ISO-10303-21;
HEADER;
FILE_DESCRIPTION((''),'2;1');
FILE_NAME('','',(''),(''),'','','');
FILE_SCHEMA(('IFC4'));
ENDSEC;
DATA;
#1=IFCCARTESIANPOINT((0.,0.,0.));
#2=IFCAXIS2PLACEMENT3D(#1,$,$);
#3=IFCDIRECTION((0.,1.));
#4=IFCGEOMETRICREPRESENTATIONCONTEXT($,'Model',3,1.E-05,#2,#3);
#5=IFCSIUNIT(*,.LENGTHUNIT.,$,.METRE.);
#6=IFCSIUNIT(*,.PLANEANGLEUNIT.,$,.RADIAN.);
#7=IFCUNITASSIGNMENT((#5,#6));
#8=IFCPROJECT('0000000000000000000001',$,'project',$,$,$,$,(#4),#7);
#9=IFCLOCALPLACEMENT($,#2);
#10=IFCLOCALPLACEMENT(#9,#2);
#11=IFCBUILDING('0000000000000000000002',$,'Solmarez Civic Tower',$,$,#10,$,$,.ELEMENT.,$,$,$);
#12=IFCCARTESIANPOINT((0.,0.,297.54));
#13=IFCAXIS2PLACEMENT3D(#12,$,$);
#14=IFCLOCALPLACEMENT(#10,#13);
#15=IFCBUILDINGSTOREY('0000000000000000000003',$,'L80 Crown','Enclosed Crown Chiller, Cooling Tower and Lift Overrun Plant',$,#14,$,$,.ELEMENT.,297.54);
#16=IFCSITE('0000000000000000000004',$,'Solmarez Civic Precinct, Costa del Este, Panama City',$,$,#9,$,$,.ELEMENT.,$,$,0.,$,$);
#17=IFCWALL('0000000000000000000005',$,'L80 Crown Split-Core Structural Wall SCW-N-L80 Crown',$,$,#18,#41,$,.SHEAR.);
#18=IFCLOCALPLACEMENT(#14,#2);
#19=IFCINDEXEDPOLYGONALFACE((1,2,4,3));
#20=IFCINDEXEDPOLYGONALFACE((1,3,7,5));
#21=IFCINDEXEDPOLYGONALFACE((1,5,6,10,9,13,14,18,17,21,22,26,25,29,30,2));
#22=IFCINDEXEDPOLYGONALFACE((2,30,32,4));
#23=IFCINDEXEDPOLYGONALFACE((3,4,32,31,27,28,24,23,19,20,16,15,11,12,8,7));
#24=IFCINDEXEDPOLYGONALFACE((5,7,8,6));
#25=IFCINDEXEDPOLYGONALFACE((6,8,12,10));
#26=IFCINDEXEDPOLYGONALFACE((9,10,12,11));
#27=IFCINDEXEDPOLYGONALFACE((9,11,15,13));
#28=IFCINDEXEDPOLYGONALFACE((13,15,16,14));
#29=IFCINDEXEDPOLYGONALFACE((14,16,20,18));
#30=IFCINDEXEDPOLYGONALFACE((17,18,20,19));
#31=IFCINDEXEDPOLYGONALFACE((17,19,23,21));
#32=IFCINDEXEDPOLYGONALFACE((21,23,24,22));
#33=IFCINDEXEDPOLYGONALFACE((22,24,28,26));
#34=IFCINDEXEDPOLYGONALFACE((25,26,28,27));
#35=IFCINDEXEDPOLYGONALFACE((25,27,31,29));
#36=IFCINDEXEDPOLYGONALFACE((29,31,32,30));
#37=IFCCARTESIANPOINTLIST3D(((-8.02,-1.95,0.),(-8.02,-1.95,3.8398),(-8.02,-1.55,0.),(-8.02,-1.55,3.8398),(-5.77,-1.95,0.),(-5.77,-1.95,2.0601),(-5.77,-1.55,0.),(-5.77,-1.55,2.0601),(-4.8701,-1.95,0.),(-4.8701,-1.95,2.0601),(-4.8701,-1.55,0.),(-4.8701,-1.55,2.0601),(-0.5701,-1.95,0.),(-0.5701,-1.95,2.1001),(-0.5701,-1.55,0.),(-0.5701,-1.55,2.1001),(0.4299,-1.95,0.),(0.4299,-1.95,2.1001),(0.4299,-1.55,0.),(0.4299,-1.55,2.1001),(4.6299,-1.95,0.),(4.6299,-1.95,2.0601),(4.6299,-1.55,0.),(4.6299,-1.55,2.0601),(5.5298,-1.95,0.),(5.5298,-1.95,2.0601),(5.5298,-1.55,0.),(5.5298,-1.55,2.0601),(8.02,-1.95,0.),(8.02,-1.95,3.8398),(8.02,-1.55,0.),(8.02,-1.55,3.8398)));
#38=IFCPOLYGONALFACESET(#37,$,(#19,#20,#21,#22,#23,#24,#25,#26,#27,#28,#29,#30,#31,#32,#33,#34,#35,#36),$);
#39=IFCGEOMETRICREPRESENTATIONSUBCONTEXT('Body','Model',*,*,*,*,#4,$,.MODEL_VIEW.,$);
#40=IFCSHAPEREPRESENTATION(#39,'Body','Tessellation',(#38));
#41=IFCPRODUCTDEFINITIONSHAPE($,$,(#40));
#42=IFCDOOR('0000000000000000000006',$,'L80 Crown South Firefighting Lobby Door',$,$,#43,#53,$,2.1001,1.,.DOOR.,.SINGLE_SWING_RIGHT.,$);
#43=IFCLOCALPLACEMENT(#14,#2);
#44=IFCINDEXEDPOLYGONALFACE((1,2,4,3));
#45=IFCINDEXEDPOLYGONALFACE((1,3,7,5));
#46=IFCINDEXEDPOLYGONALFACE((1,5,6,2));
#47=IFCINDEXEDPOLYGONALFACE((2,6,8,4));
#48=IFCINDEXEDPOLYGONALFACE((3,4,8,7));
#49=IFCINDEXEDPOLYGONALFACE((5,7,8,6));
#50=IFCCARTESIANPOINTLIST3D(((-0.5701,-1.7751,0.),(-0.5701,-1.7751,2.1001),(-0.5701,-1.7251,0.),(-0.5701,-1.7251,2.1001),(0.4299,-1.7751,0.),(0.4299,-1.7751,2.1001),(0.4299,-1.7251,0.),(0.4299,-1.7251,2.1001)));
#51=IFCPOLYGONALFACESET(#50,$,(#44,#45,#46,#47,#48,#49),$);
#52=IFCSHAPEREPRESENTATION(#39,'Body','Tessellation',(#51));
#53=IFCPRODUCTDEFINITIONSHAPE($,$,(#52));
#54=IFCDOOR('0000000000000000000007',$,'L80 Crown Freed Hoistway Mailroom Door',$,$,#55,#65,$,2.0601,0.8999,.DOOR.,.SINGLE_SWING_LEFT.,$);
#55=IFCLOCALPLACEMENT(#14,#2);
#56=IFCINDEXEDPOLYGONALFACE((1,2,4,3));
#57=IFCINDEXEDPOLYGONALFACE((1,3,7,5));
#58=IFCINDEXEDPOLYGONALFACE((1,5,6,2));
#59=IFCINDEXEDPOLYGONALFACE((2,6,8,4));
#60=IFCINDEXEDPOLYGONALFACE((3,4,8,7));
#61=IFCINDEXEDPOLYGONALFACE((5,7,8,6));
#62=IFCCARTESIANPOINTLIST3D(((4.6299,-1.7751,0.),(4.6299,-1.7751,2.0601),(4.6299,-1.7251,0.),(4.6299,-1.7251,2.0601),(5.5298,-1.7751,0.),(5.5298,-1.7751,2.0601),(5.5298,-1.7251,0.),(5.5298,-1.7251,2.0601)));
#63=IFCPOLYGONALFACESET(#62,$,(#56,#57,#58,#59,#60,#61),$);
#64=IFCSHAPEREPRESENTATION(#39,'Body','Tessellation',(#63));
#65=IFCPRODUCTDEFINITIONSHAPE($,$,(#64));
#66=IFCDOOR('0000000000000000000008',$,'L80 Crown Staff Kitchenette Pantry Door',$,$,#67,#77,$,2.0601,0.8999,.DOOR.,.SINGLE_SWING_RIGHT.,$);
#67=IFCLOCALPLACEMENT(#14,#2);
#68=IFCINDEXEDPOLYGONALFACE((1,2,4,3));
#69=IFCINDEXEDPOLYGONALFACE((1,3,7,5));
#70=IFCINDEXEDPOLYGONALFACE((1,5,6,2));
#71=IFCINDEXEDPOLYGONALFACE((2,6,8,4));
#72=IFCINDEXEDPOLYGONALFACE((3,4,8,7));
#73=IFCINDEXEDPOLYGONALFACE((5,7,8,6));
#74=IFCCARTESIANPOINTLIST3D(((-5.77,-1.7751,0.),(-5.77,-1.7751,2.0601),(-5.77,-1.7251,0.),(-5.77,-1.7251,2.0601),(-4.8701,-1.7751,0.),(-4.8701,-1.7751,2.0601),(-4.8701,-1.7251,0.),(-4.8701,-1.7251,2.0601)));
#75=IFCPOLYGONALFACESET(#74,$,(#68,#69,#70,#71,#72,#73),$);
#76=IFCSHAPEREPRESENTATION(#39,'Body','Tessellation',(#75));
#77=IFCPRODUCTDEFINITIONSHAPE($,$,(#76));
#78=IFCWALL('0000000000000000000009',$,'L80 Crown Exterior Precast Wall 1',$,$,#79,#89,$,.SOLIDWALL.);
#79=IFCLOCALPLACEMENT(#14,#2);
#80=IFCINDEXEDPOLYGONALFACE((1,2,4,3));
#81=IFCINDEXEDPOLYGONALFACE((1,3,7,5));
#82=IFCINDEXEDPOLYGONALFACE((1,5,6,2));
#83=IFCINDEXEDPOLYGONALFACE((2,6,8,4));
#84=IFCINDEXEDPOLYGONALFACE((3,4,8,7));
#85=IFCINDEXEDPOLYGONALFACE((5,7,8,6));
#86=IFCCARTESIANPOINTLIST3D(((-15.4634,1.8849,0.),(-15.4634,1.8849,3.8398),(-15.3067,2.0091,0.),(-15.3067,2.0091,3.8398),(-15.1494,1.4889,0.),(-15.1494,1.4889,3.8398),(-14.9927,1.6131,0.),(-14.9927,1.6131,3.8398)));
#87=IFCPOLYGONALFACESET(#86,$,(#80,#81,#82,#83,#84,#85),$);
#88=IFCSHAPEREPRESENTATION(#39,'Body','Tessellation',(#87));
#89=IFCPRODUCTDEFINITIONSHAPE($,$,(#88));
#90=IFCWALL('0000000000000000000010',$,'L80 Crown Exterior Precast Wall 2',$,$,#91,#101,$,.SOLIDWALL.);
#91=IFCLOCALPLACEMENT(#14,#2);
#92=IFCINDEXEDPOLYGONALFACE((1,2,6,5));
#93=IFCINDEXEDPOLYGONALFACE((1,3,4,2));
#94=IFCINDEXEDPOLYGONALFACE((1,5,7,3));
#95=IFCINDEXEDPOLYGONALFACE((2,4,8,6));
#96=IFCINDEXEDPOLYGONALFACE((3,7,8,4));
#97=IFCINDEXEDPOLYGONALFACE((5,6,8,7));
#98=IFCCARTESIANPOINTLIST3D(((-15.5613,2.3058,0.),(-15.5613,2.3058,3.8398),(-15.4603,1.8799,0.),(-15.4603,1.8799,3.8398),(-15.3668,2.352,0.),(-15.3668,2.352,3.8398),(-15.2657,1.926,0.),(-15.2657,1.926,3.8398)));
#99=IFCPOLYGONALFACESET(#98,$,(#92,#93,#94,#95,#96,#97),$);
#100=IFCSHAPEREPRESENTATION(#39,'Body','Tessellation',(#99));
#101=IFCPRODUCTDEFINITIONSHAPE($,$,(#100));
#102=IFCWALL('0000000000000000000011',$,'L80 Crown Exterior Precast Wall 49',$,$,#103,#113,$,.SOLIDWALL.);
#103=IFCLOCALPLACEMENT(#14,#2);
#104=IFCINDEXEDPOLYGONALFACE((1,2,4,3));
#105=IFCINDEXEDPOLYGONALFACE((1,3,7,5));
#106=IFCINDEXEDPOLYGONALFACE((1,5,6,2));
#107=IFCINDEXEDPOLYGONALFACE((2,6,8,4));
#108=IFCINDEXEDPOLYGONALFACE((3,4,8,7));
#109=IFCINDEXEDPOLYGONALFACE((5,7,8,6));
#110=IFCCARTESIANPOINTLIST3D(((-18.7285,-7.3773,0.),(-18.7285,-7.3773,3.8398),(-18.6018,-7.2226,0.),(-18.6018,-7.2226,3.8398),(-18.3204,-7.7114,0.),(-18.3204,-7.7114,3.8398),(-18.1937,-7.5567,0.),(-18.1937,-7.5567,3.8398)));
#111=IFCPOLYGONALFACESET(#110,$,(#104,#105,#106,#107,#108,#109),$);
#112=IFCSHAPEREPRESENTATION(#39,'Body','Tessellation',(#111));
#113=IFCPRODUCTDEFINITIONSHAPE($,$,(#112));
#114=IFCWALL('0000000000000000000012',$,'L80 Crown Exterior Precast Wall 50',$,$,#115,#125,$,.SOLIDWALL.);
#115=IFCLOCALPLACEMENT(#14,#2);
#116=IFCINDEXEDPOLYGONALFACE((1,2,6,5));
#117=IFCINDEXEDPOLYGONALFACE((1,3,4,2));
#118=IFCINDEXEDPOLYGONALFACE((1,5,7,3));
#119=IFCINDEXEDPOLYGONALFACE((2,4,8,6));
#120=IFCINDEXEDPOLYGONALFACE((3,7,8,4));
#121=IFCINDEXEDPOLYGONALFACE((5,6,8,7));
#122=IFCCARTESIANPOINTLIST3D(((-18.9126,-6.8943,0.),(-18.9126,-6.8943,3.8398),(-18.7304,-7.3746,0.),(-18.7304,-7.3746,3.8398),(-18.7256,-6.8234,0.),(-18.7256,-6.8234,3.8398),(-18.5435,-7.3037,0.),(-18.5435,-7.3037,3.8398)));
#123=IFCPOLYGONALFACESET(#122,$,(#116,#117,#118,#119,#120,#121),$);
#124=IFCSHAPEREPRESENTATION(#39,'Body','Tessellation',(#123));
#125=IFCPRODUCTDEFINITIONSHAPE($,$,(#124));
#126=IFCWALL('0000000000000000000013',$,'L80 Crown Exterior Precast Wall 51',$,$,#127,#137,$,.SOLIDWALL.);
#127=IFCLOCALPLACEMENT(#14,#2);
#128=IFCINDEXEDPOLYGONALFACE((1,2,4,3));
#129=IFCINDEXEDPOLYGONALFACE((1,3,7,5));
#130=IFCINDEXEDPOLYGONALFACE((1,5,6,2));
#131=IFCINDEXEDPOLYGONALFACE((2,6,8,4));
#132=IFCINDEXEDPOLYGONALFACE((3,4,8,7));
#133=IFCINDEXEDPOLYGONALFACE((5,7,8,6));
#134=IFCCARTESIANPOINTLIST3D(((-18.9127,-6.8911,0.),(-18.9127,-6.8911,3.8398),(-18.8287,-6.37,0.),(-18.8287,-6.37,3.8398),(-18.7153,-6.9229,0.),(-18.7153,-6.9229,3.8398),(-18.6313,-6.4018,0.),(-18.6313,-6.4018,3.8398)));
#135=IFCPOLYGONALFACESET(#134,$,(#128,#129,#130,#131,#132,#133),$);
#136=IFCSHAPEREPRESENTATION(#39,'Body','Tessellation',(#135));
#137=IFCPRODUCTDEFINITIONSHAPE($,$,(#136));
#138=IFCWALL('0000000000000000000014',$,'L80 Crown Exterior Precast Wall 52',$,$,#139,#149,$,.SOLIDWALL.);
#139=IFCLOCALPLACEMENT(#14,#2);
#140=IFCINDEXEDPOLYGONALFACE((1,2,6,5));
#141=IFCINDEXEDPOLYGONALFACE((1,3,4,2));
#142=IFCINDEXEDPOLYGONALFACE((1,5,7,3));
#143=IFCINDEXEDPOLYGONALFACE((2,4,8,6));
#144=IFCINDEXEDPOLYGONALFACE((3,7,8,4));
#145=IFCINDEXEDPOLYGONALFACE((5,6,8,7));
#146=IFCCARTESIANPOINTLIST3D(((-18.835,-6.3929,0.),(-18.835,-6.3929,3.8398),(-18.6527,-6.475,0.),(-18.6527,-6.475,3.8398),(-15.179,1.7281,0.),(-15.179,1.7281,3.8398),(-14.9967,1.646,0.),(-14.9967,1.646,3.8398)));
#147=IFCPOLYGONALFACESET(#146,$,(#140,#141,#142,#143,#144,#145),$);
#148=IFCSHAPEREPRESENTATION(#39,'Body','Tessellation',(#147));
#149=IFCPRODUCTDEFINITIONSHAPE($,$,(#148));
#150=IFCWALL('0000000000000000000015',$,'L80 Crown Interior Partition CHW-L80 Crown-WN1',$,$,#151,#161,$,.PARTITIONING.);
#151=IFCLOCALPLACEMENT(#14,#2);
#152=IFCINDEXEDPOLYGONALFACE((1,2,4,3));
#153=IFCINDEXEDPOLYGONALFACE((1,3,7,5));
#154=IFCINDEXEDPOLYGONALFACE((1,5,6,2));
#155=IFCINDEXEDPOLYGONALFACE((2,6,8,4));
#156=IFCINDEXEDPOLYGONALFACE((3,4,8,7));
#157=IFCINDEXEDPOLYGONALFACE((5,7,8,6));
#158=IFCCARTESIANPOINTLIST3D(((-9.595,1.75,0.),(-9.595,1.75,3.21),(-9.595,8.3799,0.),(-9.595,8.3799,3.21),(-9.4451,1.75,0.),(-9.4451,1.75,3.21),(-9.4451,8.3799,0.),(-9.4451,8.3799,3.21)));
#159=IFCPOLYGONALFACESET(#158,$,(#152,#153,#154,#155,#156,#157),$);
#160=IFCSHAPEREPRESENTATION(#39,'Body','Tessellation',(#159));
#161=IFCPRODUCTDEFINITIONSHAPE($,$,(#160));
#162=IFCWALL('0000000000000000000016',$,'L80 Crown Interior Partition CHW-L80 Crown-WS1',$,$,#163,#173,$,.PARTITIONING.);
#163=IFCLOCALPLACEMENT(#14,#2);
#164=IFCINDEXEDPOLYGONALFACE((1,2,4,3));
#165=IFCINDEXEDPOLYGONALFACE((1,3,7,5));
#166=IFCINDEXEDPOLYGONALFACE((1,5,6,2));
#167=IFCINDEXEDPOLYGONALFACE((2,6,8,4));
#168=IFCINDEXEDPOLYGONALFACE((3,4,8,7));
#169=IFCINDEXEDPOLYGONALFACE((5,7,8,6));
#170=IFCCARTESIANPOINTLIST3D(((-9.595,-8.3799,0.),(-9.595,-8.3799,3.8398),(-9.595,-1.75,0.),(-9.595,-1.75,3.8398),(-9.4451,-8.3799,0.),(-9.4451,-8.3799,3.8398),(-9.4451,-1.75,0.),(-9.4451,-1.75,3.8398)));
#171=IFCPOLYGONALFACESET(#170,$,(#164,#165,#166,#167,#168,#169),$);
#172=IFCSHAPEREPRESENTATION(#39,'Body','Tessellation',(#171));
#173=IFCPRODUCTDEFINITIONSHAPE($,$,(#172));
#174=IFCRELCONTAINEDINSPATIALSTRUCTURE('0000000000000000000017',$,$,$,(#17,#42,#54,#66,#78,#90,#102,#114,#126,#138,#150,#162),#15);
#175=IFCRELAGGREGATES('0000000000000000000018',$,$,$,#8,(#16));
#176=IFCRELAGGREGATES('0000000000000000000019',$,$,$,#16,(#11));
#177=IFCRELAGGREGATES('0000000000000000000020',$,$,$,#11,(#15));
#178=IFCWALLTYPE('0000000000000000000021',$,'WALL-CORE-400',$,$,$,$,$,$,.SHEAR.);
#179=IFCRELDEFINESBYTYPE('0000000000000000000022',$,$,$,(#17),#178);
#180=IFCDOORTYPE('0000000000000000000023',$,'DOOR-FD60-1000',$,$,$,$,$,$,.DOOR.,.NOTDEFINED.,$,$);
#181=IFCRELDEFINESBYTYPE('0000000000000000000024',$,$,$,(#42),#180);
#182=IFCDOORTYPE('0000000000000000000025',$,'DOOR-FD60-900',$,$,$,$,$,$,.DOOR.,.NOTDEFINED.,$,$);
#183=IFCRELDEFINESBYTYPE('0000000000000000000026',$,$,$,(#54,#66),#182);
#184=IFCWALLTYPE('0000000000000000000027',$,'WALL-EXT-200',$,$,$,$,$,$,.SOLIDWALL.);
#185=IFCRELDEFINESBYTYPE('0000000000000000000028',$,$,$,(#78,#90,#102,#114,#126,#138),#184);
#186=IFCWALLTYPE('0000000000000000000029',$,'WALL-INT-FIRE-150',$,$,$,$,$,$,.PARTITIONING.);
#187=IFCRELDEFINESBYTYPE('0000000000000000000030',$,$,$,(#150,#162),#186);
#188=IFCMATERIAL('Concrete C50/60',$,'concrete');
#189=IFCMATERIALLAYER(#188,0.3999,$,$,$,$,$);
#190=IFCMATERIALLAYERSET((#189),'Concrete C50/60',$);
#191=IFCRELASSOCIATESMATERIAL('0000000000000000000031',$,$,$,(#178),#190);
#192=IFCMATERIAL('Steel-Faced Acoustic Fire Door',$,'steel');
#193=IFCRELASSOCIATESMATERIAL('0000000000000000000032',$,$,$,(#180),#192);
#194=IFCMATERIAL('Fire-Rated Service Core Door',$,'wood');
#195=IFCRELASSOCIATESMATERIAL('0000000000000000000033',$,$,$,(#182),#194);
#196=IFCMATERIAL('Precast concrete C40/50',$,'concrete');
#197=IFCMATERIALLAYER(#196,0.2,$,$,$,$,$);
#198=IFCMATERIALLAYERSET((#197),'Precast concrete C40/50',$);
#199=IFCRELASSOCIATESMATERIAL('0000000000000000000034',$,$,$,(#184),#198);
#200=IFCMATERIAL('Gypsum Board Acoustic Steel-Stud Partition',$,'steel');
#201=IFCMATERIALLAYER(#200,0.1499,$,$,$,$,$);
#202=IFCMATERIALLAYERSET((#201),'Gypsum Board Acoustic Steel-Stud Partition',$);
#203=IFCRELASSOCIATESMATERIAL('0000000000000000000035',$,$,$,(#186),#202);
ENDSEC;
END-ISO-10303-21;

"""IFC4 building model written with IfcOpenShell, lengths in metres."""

from ifc_helpers import new_model, si_unit, direction, frame, frame_2d, origin, place, context, subcontext, project, spatial, rectangle, extrude, material, layer, layer_set, type_object, element, fill, save


model = new_model("IFC4")

# Units and contexts
model_context = context("Model", 3, precision=1e-05, world=origin(), true_north=direction((0.0, 1.0)))
body_context = subcontext(model_context, "Body", "Model", "MODEL_VIEW")
ifc_project = project(units=[si_unit("LENGTHUNIT", "METRE"), si_unit("PLANEANGLEUNIT", "RADIAN")], contexts=[model_context])

# Site, building, storey
site_placement = place(None, origin())
site = spatial("IfcSite", under=ifc_project, at=site_placement, Name="Solmarez Civic Precinct, Costa del Este, Panama City", CompositionType="ELEMENT", RefElevation=0.0)
building_placement = place(site_placement, origin())
building = spatial("IfcBuilding", under=site, at=building_placement, Name="Solmarez Civic Tower", CompositionType="ELEMENT")
storey_placement = place(building_placement, frame((0.0, 0.0, 297.54)))
storey = spatial("IfcBuildingStorey", under=building, at=storey_placement, Name="L80 Crown", Description="Enclosed Crown Chiller, Cooling Tower and Lift Overrun Plant", CompositionType="ELEMENT", Elevation=297.54)

# Wall, openings, doors
ifc_material_1 = material(Name="Concrete C50/60", Category="concrete")
ifc_layer_1 = layer(ifc_material_1, 0.3999)
ifc_layer_set_1 = layer_set([ifc_layer_1], Name="Concrete C50/60")
wall_type_1 = type_object("IfcWallType", Name="WALL-CORE-400", PredefinedType="SHEAR", material=ifc_layer_set_1)
wall_1_placement = place(storey_placement, frame((-8.02, -1.75, 0.0), z_axis=(0.0, 0.0, 1.0), x_axis=(1.0, 0.0, 0.0)))
wall_1 = element("IfcWall", 1, at=wall_1_placement, inside=storey, type_object=wall_type_1, Name="L80 Crown Split-Core Structural Wall SCW-N-L80 Crown", PredefinedType="SHEAR", context=body_context, shape_type="SweptSolid", body=[
    extrude(rectangle(XDim=16.04, YDim=0.3999, at=frame_2d((8.02, 0.0))), origin(), (0.0, 0.0, 1.0), 3.8398),
])
opening_1_placement = place(wall_1_placement, frame((7.45, 0.0, 0.0)))
opening_1 = element("IfcOpeningElement", 2, at=opening_1_placement, cuts=wall_1, PredefinedType="OPENING", context=body_context, shape_type="SweptSolid", body=[
    extrude(rectangle(XDim=1.0, YDim=2.1001, at=frame_2d((0.5, 1.05))), frame((0.0, 0.21, 0.0), z_axis=(0.0, -1.0, 0.0), x_axis=(1.0, 0.0, 0.0)), (0.0, 0.0, 1.0), 0.4199),
])
opening_2_placement = place(wall_1_placement, frame((12.6499, 0.0, 0.0)))
opening_2 = element("IfcOpeningElement", 3, at=opening_2_placement, cuts=wall_1, PredefinedType="OPENING", context=body_context, shape_type="SweptSolid", body=[
    extrude(rectangle(XDim=0.8999, YDim=2.0601, at=frame_2d((0.45, 1.03))), frame((0.0, 0.21, 0.0), z_axis=(0.0, -1.0, 0.0), x_axis=(1.0, 0.0, 0.0)), (0.0, 0.0, 1.0), 0.4199),
])
opening_3_placement = place(wall_1_placement, frame((2.25, 0.0, 0.0)))
opening_3 = element("IfcOpeningElement", 4, at=opening_3_placement, cuts=wall_1, PredefinedType="OPENING", context=body_context, shape_type="SweptSolid", body=[
    extrude(rectangle(XDim=0.8999, YDim=2.0601, at=frame_2d((0.45, 1.03))), frame((0.0, 0.21, 0.0), z_axis=(0.0, -1.0, 0.0), x_axis=(1.0, 0.0, 0.0)), (0.0, 0.0, 1.0), 0.4199),
])
ifc_material_2 = material(Name="Steel-Faced Acoustic Fire Door", Category="steel")
door_type_1 = type_object("IfcDoorType", Name="DOOR-FD60-1000", OperationType="NOTDEFINED", PredefinedType="DOOR", material=ifc_material_2)
door_1_placement = place(opening_1_placement, origin())
door_1 = element("IfcDoor", 5, at=door_1_placement, inside=storey, type_object=door_type_1, Name="L80 Crown South Firefighting Lobby Door", OperationType="SINGLE_SWING_RIGHT", OverallHeight=2.1001, OverallWidth=1.0, PredefinedType="DOOR", context=body_context, shape_type="SweptSolid", body=[
    extrude(rectangle(XDim=1.0, YDim=2.1001, at=frame_2d((0.5, 1.05))), frame((0.0, 0.0249, 0.0), z_axis=(0.0, -1.0, 0.0), x_axis=(1.0, 0.0, 0.0)), (0.0, 0.0, 1.0), 0.05),
])
fill(opening_1, door_1)
ifc_material_3 = material(Name="Fire-Rated Service Core Door", Category="wood")
door_type_2 = type_object("IfcDoorType", Name="DOOR-FD60-900", OperationType="NOTDEFINED", PredefinedType="DOOR", material=ifc_material_3)
door_2_placement = place(opening_2_placement, origin())
door_2 = element("IfcDoor", 6, at=door_2_placement, inside=storey, type_object=door_type_2, Name="L80 Crown Freed Hoistway Mailroom Door", OperationType="SINGLE_SWING_LEFT", OverallHeight=2.0601, OverallWidth=0.8999, PredefinedType="DOOR", context=body_context, shape_type="SweptSolid", body=[
    extrude(rectangle(XDim=0.8999, YDim=2.0601, at=frame_2d((0.45, 1.03))), frame((0.0, 0.0249, 0.0), z_axis=(0.0, -1.0, 0.0), x_axis=(1.0, 0.0, 0.0)), (0.0, 0.0, 1.0), 0.05),
])
fill(opening_2, door_2)
door_3_placement = place(opening_3_placement, origin())
door_3 = element("IfcDoor", 7, at=door_3_placement, inside=storey, type_object=door_type_2, Name="L80 Crown Staff Kitchenette Pantry Door", OperationType="SINGLE_SWING_RIGHT", OverallHeight=2.0601, OverallWidth=0.8999, PredefinedType="DOOR", context=body_context, shape_type="SweptSolid", body=[
    extrude(rectangle(XDim=0.8999, YDim=2.0601, at=frame_2d((0.45, 1.03))), frame((0.0, 0.0249, 0.0), z_axis=(0.0, -1.0, 0.0), x_axis=(1.0, 0.0, 0.0)), (0.0, 0.0, 1.0), 0.05),
])
fill(opening_3, door_3)

# Walls
ifc_material_4 = material(Name="Precast concrete C40/50", Category="concrete")
ifc_layer_2 = layer(ifc_material_4, 0.2)
ifc_layer_set_2 = layer_set([ifc_layer_2], Name="Precast concrete C40/50")
wall_type_2 = type_object("IfcWallType", Name="WALL-EXT-200", PredefinedType="SOLIDWALL", material=ifc_layer_set_2)
wall_2_placement = place(storey_placement, frame((-15.071, 1.551, 0.0), z_axis=(0.0, 0.0, 1.0), x_axis=(-0.621272, 0.783595, 0.0)))
element("IfcWall", 8, at=wall_2_placement, inside=storey, type_object=wall_type_2, Name="L80 Crown Exterior Precast Wall 1", PredefinedType="SOLIDWALL", context=body_context, shape_type="SweptSolid", body=[
    extrude(rectangle(XDim=0.5054, YDim=0.2, at=frame_2d((0.2527, 0.0))), origin(), (0.0, 0.0, 1.0), 3.8398),
])
wall_3_placement = place(storey_placement, frame((-15.363, 1.9031, 0.0), z_axis=(0.0, 0.0, 1.0), x_axis=(-0.230842, 0.972991, 0.0)))
element("IfcWall", 9, at=wall_3_placement, inside=storey, type_object=wall_type_2, Name="L80 Crown Exterior Precast Wall 2", PredefinedType="SOLIDWALL", context=body_context, shape_type="SweptSolid", body=[
    extrude(rectangle(XDim=0.4377, YDim=0.2, at=frame_2d((0.2188, 0.0))), origin(), (0.0, 0.0, 1.0), 3.8398),
])
wall_4_placement = place(storey_placement, frame((-18.2571, -7.634, 0.0), z_axis=(0.0, 0.0, 1.0), x_axis=(-0.773772, 0.633465, 0.0)))
element("IfcWall", 10, at=wall_4_placement, inside=storey, type_object=wall_type_2, Name="L80 Crown Exterior Precast Wall 49", PredefinedType="SOLIDWALL", context=body_context, shape_type="SweptSolid", body=[
    extrude(rectangle(XDim=0.5273, YDim=0.2, at=frame_2d((0.2637, 0.0))), origin(), (0.0, 0.0, 1.0), 3.8398),
])
wall_5_placement = place(storey_placement, frame((-18.637, -7.3391, 0.0), z_axis=(0.0, 0.0, 1.0), x_axis=(-0.354611, 0.935014, 0.0)))
element("IfcWall", 11, at=wall_5_placement, inside=storey, type_object=wall_type_2, Name="L80 Crown Exterior Precast Wall 50", PredefinedType="SOLIDWALL", context=body_context, shape_type="SweptSolid", body=[
    extrude(rectangle(XDim=0.5137, YDim=0.2, at=frame_2d((0.2568, 0.0))), origin(), (0.0, 0.0, 1.0), 3.8398),
])
wall_6_placement = place(storey_placement, frame((-18.814, -6.907, 0.0), z_axis=(0.0, 0.0, 1.0), x_axis=(0.159145, 0.987255, 0.0)))
element("IfcWall", 12, at=wall_6_placement, inside=storey, type_object=wall_type_2, Name="L80 Crown Exterior Precast Wall 51", PredefinedType="SOLIDWALL", context=body_context, shape_type="SweptSolid", body=[
    extrude(rectangle(XDim=0.5278, YDim=0.2, at=frame_2d((0.2639, 0.0))), origin(), (0.0, 0.0, 1.0), 3.8398),
])
wall_7_placement = place(storey_placement, frame((-18.7439, -6.4341, 0.0), z_axis=(0.0, 0.0, 1.0), x_axis=(0.410506, 0.911858, 0.0)))
element("IfcWall", 13, at=wall_7_placement, inside=storey, type_object=wall_type_2, Name="L80 Crown Exterior Precast Wall 52", PredefinedType="SOLIDWALL", context=body_context, shape_type="SweptSolid", body=[
    extrude(rectangle(XDim=8.906, YDim=0.2, at=frame_2d((4.4531, 0.0))), origin(), (0.0, 0.0, 1.0), 3.8398),
])
ifc_material_5 = material(Name="Gypsum Board Acoustic Steel-Stud Partition", Category="steel")
ifc_layer_3 = layer(ifc_material_5, 0.1499)
ifc_layer_set_3 = layer_set([ifc_layer_3], Name="Gypsum Board Acoustic Steel-Stud Partition")
wall_type_3 = type_object("IfcWallType", Name="WALL-INT-FIRE-150", PredefinedType="PARTITIONING", material=ifc_layer_set_3)
wall_8_placement = place(storey_placement, frame((-9.52, 1.75, 0.0), z_axis=(0.0, 0.0, 1.0), x_axis=(0.0, 1.0, 0.0)))
element("IfcWall", 14, at=wall_8_placement, inside=storey, type_object=wall_type_3, Name="L80 Crown Interior Partition CHW-L80 Crown-WN1", PredefinedType="PARTITIONING", context=body_context, shape_type="SweptSolid", body=[
    extrude(rectangle(XDim=6.6299, YDim=0.1499, at=frame_2d((3.3149, 0.0))), origin(), (0.0, 0.0, 1.0), 3.21),
])
wall_9_placement = place(storey_placement, frame((-9.52, -8.3799, 0.0), z_axis=(0.0, 0.0, 1.0), x_axis=(0.0, 1.0, 0.0)))
element("IfcWall", 15, at=wall_9_placement, inside=storey, type_object=wall_type_3, Name="L80 Crown Interior Partition CHW-L80 Crown-WS1", PredefinedType="PARTITIONING", context=body_context, shape_type="SweptSolid", body=[
    extrude(rectangle(XDim=6.6299, YDim=0.1499, at=frame_2d((3.3149, 0.0))), origin(), (0.0, 0.0, 1.0), 3.8398),
])

save(model, "model.ifc")
